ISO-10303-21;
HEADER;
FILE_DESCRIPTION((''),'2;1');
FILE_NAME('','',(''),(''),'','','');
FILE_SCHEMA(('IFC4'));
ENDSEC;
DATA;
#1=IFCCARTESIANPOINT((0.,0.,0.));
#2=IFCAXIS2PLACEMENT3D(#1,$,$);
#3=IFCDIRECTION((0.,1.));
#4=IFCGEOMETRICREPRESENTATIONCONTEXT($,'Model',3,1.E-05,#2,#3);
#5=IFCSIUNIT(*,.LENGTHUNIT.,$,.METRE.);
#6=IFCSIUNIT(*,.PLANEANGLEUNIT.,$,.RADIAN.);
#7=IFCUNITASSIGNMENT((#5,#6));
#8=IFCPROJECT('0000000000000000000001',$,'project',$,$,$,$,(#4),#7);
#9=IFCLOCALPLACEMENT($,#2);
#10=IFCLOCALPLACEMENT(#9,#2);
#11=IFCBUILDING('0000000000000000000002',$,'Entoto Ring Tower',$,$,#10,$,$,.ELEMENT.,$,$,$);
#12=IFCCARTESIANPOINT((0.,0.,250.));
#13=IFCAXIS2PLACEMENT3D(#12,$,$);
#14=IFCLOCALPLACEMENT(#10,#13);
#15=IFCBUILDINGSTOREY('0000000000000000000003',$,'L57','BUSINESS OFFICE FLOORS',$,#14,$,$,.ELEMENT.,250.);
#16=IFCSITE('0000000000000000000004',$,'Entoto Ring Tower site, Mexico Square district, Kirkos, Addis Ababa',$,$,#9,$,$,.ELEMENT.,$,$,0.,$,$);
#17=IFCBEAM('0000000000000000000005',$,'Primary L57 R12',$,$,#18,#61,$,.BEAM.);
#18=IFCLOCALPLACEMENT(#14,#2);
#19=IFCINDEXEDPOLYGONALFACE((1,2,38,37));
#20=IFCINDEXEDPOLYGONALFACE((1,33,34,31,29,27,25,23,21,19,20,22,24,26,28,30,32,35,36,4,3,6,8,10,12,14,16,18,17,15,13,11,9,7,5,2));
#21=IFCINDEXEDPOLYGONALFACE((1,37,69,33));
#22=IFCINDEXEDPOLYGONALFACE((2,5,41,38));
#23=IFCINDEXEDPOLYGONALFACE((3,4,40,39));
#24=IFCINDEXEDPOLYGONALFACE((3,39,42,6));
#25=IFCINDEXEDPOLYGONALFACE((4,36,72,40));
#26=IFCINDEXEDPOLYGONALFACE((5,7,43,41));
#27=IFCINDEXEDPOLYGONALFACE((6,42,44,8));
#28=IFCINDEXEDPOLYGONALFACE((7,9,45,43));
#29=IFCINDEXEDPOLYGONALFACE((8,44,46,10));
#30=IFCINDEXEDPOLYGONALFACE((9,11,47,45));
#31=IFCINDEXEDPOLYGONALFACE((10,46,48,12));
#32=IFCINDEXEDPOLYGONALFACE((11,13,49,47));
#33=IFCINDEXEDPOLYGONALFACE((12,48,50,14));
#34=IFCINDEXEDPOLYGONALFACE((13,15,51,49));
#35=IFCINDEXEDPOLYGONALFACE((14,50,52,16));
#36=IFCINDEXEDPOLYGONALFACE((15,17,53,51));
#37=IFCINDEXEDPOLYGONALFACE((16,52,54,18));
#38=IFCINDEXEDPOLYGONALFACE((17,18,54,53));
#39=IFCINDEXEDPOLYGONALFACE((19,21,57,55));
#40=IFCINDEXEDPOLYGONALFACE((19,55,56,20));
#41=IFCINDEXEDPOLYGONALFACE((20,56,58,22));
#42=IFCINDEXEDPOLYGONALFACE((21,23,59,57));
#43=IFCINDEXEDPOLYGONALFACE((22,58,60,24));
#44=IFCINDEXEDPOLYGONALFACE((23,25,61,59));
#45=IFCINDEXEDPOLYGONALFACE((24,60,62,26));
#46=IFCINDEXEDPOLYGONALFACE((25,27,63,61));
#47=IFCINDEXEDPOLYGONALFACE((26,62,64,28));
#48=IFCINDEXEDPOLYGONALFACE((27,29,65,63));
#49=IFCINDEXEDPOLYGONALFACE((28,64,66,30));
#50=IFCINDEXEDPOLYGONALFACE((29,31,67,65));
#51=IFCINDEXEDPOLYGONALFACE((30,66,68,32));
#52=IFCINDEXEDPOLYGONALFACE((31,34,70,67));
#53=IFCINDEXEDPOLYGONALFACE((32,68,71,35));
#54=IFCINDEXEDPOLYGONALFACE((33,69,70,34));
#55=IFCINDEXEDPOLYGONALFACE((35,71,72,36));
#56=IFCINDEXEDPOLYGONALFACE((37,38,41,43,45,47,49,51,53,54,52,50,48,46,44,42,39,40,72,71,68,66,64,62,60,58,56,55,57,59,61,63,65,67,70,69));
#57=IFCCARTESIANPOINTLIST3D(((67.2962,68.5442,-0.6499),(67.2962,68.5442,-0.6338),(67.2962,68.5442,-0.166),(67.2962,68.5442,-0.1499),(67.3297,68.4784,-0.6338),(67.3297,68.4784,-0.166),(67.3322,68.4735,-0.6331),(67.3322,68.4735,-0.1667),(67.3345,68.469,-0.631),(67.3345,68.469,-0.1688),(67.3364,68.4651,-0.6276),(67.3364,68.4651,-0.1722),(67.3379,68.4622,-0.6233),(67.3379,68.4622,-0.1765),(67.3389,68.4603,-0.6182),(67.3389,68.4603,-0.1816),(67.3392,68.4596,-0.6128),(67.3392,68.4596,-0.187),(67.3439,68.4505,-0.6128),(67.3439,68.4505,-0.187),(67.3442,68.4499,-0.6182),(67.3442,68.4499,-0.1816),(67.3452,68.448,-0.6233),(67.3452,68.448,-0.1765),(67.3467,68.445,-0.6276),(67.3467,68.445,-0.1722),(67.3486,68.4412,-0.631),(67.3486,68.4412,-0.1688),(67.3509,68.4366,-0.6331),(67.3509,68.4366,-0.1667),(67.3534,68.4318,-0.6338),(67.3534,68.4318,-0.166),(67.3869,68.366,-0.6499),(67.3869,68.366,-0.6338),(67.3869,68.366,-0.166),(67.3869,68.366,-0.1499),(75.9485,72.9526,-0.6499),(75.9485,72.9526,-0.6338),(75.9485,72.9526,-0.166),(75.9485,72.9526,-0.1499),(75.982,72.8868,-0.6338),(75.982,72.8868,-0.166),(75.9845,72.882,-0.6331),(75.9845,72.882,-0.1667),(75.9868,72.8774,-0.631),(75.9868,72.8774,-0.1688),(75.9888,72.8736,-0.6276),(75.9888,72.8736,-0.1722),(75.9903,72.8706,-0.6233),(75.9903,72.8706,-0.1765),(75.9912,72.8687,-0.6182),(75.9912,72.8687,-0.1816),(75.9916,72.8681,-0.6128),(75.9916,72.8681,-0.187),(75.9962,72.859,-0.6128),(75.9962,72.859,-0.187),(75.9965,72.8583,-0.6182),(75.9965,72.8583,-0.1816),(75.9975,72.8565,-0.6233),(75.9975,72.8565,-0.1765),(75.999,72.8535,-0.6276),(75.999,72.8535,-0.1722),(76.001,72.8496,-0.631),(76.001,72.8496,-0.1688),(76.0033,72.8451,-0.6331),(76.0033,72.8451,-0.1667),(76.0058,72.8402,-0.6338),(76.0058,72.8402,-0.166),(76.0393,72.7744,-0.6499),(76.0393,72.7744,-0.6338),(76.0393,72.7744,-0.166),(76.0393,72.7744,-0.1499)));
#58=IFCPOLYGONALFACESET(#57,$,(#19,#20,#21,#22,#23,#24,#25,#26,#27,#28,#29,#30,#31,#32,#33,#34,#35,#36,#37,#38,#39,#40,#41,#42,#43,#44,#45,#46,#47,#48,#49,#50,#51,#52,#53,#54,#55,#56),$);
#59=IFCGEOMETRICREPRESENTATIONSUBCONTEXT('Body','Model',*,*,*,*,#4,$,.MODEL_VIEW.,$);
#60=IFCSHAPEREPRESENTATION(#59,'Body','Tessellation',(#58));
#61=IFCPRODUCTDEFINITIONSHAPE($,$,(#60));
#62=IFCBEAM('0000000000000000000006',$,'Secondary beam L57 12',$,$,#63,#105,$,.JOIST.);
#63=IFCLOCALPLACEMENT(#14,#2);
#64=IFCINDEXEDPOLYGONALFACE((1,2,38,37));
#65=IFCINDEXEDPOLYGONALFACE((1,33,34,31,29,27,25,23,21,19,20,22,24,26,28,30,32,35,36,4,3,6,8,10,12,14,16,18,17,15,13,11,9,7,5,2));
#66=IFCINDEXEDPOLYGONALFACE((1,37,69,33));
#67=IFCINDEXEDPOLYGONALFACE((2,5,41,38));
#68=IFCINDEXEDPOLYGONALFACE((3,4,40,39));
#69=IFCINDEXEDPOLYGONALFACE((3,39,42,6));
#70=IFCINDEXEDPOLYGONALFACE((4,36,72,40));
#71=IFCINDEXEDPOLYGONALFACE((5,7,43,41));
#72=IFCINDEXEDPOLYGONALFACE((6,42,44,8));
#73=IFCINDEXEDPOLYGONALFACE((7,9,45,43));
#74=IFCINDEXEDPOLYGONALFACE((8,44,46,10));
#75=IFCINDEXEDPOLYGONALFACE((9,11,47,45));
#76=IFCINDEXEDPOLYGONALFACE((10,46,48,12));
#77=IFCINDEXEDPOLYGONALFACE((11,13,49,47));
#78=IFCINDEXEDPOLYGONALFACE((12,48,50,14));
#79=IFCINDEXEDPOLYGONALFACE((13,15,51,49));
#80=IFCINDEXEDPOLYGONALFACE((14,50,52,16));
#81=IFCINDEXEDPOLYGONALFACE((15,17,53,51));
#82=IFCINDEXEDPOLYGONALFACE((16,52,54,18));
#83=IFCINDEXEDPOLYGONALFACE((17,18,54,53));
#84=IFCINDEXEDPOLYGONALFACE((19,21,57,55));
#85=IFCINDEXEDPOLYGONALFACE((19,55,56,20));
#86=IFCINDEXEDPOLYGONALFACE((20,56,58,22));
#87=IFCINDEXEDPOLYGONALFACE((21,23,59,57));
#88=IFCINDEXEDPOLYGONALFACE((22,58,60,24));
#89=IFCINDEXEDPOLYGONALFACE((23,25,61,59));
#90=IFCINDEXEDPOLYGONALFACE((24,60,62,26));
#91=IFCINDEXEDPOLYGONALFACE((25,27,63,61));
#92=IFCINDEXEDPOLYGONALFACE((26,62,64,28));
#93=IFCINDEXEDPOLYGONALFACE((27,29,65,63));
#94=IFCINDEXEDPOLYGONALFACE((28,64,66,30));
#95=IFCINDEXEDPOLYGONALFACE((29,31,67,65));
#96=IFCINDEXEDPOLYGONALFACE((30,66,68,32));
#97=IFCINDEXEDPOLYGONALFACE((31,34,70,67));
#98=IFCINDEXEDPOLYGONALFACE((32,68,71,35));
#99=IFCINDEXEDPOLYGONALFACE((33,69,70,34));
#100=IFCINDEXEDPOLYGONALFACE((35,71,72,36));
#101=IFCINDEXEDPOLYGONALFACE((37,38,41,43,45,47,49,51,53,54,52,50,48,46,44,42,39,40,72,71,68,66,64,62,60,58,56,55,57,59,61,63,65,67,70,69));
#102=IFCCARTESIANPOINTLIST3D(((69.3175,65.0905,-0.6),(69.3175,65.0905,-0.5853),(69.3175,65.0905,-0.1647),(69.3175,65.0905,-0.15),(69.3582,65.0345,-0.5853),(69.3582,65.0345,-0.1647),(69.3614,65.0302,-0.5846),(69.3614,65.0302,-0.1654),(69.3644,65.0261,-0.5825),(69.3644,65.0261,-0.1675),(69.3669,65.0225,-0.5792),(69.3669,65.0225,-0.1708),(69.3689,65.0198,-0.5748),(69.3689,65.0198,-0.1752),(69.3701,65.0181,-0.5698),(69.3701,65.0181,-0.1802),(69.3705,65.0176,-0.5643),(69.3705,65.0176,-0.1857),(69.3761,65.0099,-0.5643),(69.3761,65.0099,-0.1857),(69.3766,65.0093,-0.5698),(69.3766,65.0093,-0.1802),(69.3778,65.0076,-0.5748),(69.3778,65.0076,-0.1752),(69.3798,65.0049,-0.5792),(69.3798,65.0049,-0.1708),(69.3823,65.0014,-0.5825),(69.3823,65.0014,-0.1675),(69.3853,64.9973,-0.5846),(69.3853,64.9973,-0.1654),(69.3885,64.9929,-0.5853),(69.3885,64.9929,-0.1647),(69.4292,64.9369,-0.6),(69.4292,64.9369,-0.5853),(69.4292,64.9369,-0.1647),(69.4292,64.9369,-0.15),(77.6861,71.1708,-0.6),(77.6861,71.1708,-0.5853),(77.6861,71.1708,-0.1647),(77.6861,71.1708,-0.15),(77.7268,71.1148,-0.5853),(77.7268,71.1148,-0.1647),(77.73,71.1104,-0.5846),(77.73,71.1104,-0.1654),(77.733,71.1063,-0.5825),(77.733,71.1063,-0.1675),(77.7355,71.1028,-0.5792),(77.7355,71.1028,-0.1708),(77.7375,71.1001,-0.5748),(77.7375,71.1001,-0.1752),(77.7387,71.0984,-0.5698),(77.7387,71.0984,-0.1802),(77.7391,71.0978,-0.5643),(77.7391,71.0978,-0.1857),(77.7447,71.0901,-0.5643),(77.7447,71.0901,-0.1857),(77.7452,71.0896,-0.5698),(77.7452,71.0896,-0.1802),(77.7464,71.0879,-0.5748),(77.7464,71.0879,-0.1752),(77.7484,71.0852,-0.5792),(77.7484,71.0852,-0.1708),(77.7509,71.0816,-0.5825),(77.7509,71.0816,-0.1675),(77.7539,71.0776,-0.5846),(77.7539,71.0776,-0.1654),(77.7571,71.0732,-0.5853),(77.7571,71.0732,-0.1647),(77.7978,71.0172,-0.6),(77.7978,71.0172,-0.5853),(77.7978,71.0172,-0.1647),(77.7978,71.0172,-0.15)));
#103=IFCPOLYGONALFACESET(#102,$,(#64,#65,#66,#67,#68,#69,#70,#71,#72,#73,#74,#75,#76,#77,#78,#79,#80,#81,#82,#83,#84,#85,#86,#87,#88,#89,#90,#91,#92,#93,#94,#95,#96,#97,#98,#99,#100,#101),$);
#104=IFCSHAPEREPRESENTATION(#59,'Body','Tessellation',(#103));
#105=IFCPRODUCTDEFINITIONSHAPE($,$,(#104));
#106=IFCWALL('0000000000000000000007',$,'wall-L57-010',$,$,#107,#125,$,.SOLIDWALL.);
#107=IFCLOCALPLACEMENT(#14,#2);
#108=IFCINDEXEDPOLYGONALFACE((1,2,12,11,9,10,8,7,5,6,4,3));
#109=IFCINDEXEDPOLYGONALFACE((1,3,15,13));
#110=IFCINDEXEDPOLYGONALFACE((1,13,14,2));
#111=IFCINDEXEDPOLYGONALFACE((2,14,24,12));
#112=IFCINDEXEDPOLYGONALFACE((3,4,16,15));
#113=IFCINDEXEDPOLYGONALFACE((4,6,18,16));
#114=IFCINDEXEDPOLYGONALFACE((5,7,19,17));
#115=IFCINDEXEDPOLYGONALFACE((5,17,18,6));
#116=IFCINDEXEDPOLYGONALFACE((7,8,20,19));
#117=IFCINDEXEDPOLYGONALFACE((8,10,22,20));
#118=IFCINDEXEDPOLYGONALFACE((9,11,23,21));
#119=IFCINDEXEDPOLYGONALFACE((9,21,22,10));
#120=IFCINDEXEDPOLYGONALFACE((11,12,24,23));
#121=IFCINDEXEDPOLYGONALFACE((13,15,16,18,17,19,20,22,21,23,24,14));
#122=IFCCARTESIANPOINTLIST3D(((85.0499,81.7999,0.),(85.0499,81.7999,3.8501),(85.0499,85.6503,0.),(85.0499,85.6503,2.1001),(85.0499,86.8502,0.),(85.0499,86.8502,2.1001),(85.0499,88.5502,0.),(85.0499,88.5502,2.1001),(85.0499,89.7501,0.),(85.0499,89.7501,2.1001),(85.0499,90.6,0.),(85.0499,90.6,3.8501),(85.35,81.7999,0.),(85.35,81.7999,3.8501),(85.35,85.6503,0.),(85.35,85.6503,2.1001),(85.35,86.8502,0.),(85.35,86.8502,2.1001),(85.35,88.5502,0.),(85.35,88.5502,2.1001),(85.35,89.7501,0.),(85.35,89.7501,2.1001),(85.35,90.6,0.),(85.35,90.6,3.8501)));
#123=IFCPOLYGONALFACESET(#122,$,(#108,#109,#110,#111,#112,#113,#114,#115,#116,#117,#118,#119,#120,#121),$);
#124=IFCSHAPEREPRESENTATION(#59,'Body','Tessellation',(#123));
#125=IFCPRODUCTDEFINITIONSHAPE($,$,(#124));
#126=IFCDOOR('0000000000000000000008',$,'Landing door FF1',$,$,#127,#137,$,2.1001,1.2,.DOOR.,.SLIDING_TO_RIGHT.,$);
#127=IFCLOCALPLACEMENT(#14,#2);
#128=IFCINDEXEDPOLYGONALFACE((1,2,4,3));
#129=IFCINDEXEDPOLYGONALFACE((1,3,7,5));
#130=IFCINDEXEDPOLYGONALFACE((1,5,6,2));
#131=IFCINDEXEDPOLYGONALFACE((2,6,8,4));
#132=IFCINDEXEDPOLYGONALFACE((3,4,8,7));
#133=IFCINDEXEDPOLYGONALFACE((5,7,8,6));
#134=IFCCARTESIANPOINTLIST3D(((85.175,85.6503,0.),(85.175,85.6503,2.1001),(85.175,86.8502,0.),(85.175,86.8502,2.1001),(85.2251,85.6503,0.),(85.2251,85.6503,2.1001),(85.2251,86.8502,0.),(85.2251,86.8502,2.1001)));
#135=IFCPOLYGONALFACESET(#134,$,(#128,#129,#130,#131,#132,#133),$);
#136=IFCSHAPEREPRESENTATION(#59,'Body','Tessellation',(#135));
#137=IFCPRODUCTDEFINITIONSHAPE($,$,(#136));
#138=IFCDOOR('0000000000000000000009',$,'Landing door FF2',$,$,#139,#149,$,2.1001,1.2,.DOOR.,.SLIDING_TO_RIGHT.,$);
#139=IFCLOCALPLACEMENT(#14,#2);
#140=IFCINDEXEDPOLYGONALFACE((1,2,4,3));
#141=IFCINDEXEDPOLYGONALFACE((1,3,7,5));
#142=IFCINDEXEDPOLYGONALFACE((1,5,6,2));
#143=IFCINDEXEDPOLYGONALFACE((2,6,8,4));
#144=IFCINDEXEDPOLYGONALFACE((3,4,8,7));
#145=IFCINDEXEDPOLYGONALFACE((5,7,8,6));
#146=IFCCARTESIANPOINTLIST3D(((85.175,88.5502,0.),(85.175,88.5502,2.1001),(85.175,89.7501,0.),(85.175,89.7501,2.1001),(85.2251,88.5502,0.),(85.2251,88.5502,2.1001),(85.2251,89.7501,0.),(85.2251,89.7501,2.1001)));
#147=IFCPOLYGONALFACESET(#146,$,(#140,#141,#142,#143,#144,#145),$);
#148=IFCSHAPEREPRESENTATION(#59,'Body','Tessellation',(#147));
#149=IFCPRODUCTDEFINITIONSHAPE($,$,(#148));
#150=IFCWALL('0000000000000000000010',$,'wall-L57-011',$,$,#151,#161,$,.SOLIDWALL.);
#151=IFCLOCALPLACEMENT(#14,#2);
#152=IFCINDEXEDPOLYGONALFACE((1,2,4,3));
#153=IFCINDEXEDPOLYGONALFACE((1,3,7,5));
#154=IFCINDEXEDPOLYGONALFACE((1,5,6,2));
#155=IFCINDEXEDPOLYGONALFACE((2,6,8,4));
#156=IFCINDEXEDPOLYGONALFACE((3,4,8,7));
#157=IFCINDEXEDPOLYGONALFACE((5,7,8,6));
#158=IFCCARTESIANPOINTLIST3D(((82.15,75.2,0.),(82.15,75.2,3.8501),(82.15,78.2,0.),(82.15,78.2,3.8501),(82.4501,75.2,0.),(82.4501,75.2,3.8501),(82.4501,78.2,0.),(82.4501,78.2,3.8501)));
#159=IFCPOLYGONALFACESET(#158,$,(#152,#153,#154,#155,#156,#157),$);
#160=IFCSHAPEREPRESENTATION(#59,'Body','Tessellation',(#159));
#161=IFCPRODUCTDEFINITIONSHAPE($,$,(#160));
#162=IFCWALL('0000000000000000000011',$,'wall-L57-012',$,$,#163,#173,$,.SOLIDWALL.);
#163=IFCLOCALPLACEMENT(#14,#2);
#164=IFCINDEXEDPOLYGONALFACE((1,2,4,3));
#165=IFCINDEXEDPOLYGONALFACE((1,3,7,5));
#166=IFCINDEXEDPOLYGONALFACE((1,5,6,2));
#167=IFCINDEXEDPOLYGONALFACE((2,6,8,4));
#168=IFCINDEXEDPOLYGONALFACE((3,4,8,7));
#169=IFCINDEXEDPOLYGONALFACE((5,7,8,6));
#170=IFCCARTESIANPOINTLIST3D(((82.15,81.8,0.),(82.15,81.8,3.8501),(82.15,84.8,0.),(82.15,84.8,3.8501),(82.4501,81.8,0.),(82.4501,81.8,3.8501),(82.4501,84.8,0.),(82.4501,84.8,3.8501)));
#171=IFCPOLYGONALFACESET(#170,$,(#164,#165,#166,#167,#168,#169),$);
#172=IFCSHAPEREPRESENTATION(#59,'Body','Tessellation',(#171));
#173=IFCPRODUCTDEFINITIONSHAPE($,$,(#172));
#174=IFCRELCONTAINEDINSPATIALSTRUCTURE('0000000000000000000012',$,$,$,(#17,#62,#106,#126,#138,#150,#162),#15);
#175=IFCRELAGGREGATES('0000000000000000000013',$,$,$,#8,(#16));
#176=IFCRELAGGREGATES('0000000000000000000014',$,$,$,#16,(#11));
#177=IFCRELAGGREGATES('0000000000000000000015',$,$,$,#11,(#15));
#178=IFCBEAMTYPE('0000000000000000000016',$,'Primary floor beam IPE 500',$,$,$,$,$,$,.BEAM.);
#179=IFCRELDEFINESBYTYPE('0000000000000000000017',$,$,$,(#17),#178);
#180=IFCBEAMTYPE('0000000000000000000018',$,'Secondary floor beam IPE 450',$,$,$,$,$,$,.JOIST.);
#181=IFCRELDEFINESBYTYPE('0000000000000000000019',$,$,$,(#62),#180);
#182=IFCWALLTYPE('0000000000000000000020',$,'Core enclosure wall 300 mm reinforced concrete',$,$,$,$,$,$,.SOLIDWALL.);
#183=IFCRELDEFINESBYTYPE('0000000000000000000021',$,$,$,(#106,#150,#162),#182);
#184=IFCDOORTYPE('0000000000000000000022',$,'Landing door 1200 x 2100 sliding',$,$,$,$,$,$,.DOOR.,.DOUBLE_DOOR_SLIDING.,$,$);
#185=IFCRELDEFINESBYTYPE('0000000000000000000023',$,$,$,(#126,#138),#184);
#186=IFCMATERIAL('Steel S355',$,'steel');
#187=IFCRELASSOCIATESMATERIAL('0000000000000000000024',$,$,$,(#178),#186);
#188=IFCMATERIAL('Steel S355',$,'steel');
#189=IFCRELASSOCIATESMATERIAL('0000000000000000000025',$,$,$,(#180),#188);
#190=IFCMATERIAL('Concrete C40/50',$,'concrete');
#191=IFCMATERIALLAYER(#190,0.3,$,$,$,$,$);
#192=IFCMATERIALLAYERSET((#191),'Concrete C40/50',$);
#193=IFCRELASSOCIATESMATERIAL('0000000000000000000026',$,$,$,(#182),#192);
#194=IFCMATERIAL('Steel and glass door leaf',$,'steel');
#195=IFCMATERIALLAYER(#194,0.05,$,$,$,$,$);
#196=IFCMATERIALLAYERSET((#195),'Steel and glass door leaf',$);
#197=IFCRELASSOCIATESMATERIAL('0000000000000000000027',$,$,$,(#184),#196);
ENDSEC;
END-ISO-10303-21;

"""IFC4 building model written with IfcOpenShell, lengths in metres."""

from ifc_helpers import new_model, si_unit, direction, frame, frame_2d, origin, origin_2d, place, context, subcontext, project, spatial, rectangle, i_section, extrude, material, layer, layer_set, material_profile, profile_set, type_object, element, fill, save


model = new_model("IFC4")

# Units and contexts
model_context = context("Model", 3, precision=1e-05, world=origin(), true_north=direction((0.0, 1.0)))
body_context = subcontext(model_context, "Body", "Model", "MODEL_VIEW")
ifc_project = project(units=[si_unit("LENGTHUNIT", "METRE"), si_unit("PLANEANGLEUNIT", "RADIAN")], contexts=[model_context])

# Site, building, storey
site_placement = place(None, origin())
site = spatial("IfcSite", under=ifc_project, at=site_placement, Name="Entoto Ring Tower site, Mexico Square district, Kirkos, Addis Ababa", CompositionType="ELEMENT", RefElevation=0.0)
building_placement = place(site_placement, origin())
building = spatial("IfcBuilding", under=site, at=building_placement, Name="Entoto Ring Tower", CompositionType="ELEMENT")
storey_placement = place(building_placement, frame((0.0, 0.0, 250.0)))
storey = spatial("IfcBuildingStorey", under=building, at=storey_placement, Name="L57", Description="BUSINESS OFFICE FLOORS", CompositionType="ELEMENT", Elevation=250.0)

# Beams
ifc_material_1 = material(Name="Steel S355", Category="steel")
ifc_material_profile_1 = material_profile(ifc_material_1, i_section(OverallWidth=0.2, OverallDepth=0.5, WebThickness=0.0103, FlangeThickness=0.0161, FilletRadius=0.021, at=origin_2d()), Name="IPE 500")
ifc_profile_set_1 = profile_set([ifc_material_profile_1], Name="Steel S355")
beam_type_1 = type_object("IfcBeamType", Name="Primary floor beam IPE 500", PredefinedType="BEAM", material=ifc_profile_set_1)
beam_1_placement = place(storey_placement, frame((75.9939, 72.8635, -0.3999), z_axis=(-0.891012, -0.453979, 0.0), x_axis=(0.453979, -0.891012, 0.0)))
element("IfcBeam", 1, at=beam_1_placement, inside=storey, type_object=beam_type_1, Name="Primary L57 R12", PredefinedType="BEAM", context=body_context, shape_type="SweptSolid", body=[
    extrude(i_section(OverallWidth=0.2, OverallDepth=0.5, WebThickness=0.0103, FlangeThickness=0.0161, FilletRadius=0.021, at=origin_2d()), origin(), (0.0, 0.0, 1.0), 9.7107),
])
ifc_material_2 = material(Name="Steel S355", Category="steel")
ifc_material_profile_2 = material_profile(ifc_material_2, i_section(OverallWidth=0.1899, OverallDepth=0.45, WebThickness=0.0095, FlangeThickness=0.0146, FilletRadius=0.021, at=origin_2d()), Name="IPE 450")
ifc_profile_set_2 = profile_set([ifc_material_profile_2], Name="Steel S355")
beam_type_2 = type_object("IfcBeamType", Name="Secondary floor beam IPE 450", PredefinedType="JOIST", material=ifc_profile_set_2)
beam_2_placement = place(storey_placement, frame((77.7419, 71.094, -0.375), z_axis=(-0.809011, -0.587794, 0.0), x_axis=(0.587794, -0.809011, 0.0)))
element("IfcBeam", 2, at=beam_2_placement, inside=storey, type_object=beam_type_2, Name="Secondary beam L57 12", PredefinedType="JOIST", context=body_context, shape_type="SweptSolid", body=[
    extrude(i_section(OverallWidth=0.1899, OverallDepth=0.45, WebThickness=0.0095, FlangeThickness=0.0146, FilletRadius=0.021, at=origin_2d()), origin(), (0.0, 0.0, 1.0), 10.3442),
])

# Wall, openings, doors
ifc_material_3 = material(Name="Concrete C40/50", Category="concrete")
ifc_layer_1 = layer(ifc_material_3, 0.3)
ifc_layer_set_1 = layer_set([ifc_layer_1], Name="Concrete C40/50")
wall_type = type_object("IfcWallType", Name="Core enclosure wall 300 mm reinforced concrete", PredefinedType="SOLIDWALL", material=ifc_layer_set_1)
wall_1_placement = place(storey_placement, frame((85.2, 81.8, 0.0), z_axis=(0.0, 0.0, 1.0), x_axis=(0.0, 1.0, 0.0)))
wall_1 = element("IfcWall", 3, at=wall_1_placement, inside=storey, type_object=wall_type, Name="wall-L57-010", PredefinedType="SOLIDWALL", context=body_context, shape_type="SweptSolid", body=[
    extrude(rectangle(XDim=8.8, YDim=0.3, at=frame_2d((4.3999, 0.0))), origin(), (0.0, 0.0, 1.0), 3.8501),
])
opening_1_placement = place(wall_1_placement, frame((3.8501, 0.0, 0.0)))
opening_1 = element("IfcOpeningElement", 4, at=opening_1_placement, cuts=wall_1, PredefinedType="OPENING", context=body_context, shape_type="SweptSolid", body=[
    extrude(rectangle(XDim=1.2, YDim=2.1001, at=frame_2d((0.6001, 1.05))), frame((0.0, 0.1602, 0.0), z_axis=(0.0, -1.0, 0.0), x_axis=(1.0, 0.0, 0.0)), (0.0, 0.0, 1.0), 0.3201),
])
opening_2_placement = place(wall_1_placement, frame((6.75, 0.0, 0.0)))
opening_2 = element("IfcOpeningElement", 5, at=opening_2_placement, cuts=wall_1, PredefinedType="OPENING", context=body_context, shape_type="SweptSolid", body=[
    extrude(rectangle(XDim=1.2, YDim=2.1001, at=frame_2d((0.6001, 1.05))), frame((0.0, 0.1602, 0.0), z_axis=(0.0, -1.0, 0.0), x_axis=(1.0, 0.0, 0.0)), (0.0, 0.0, 1.0), 0.3201),
])
ifc_material_4 = material(Name="Steel and glass door leaf", Category="steel")
ifc_layer_2 = layer(ifc_material_4, 0.05)
ifc_layer_set_2 = layer_set([ifc_layer_2], Name="Steel and glass door leaf")
door_type_1 = type_object("IfcDoorType", Name="Landing door 1200 x 2100 sliding", OperationType="DOUBLE_DOOR_SLIDING", PredefinedType="DOOR", material=ifc_layer_set_2)
door_1_placement = place(opening_1_placement, origin())
door_1 = element("IfcDoor", 6, at=door_1_placement, inside=storey, type_object=door_type_1, Name="Landing door FF1", OperationType="SLIDING_TO_RIGHT", OverallHeight=2.1001, OverallWidth=1.2, PredefinedType="DOOR", context=body_context, shape_type="SweptSolid", body=[
    extrude(rectangle(XDim=1.2, YDim=2.1001, at=frame_2d((0.6001, 1.05))), frame((0.0, 0.0249, 0.0), z_axis=(0.0, -1.0, 0.0), x_axis=(1.0, 0.0, 0.0)), (0.0, 0.0, 1.0), 0.05),
])
fill(opening_1, door_1)
door_2_placement = place(opening_2_placement, origin())
door_2 = element("IfcDoor", 7, at=door_2_placement, inside=storey, type_object=door_type_1, Name="Landing door FF2", OperationType="SLIDING_TO_RIGHT", OverallHeight=2.1001, OverallWidth=1.2, PredefinedType="DOOR", context=body_context, shape_type="SweptSolid", body=[
    extrude(rectangle(XDim=1.2, YDim=2.1001, at=frame_2d((0.6001, 1.05))), frame((0.0, 0.0249, 0.0), z_axis=(0.0, -1.0, 0.0), x_axis=(1.0, 0.0, 0.0)), (0.0, 0.0, 1.0), 0.05),
])
fill(opening_2, door_2)

# Walls
for number, where, z_axis, x_axis, name in (
    (8, (82.3, 75.2, 0.0), (0.0, 0.0, 1.0), (0.0, 1.0, 0.0), "wall-L57-011"),
    (9, (82.3, 81.8, 0.0), (0.0, 0.0, 1.0), (0.0, 1.0, 0.0), "wall-L57-012"),
):
    element("IfcWall", number, at=place(storey_placement, frame(where, z_axis=z_axis, x_axis=x_axis)), inside=storey, type_object=wall_type, Name=name, PredefinedType="SOLIDWALL", context=body_context, shape_type="SweptSolid", body=[
        extrude(rectangle(XDim=3.0, YDim=0.3, at=frame_2d((1.5, 0.0))), origin(), (0.0, 0.0, 1.0), 3.8501),
    ])

save(model, "model.ifc")
